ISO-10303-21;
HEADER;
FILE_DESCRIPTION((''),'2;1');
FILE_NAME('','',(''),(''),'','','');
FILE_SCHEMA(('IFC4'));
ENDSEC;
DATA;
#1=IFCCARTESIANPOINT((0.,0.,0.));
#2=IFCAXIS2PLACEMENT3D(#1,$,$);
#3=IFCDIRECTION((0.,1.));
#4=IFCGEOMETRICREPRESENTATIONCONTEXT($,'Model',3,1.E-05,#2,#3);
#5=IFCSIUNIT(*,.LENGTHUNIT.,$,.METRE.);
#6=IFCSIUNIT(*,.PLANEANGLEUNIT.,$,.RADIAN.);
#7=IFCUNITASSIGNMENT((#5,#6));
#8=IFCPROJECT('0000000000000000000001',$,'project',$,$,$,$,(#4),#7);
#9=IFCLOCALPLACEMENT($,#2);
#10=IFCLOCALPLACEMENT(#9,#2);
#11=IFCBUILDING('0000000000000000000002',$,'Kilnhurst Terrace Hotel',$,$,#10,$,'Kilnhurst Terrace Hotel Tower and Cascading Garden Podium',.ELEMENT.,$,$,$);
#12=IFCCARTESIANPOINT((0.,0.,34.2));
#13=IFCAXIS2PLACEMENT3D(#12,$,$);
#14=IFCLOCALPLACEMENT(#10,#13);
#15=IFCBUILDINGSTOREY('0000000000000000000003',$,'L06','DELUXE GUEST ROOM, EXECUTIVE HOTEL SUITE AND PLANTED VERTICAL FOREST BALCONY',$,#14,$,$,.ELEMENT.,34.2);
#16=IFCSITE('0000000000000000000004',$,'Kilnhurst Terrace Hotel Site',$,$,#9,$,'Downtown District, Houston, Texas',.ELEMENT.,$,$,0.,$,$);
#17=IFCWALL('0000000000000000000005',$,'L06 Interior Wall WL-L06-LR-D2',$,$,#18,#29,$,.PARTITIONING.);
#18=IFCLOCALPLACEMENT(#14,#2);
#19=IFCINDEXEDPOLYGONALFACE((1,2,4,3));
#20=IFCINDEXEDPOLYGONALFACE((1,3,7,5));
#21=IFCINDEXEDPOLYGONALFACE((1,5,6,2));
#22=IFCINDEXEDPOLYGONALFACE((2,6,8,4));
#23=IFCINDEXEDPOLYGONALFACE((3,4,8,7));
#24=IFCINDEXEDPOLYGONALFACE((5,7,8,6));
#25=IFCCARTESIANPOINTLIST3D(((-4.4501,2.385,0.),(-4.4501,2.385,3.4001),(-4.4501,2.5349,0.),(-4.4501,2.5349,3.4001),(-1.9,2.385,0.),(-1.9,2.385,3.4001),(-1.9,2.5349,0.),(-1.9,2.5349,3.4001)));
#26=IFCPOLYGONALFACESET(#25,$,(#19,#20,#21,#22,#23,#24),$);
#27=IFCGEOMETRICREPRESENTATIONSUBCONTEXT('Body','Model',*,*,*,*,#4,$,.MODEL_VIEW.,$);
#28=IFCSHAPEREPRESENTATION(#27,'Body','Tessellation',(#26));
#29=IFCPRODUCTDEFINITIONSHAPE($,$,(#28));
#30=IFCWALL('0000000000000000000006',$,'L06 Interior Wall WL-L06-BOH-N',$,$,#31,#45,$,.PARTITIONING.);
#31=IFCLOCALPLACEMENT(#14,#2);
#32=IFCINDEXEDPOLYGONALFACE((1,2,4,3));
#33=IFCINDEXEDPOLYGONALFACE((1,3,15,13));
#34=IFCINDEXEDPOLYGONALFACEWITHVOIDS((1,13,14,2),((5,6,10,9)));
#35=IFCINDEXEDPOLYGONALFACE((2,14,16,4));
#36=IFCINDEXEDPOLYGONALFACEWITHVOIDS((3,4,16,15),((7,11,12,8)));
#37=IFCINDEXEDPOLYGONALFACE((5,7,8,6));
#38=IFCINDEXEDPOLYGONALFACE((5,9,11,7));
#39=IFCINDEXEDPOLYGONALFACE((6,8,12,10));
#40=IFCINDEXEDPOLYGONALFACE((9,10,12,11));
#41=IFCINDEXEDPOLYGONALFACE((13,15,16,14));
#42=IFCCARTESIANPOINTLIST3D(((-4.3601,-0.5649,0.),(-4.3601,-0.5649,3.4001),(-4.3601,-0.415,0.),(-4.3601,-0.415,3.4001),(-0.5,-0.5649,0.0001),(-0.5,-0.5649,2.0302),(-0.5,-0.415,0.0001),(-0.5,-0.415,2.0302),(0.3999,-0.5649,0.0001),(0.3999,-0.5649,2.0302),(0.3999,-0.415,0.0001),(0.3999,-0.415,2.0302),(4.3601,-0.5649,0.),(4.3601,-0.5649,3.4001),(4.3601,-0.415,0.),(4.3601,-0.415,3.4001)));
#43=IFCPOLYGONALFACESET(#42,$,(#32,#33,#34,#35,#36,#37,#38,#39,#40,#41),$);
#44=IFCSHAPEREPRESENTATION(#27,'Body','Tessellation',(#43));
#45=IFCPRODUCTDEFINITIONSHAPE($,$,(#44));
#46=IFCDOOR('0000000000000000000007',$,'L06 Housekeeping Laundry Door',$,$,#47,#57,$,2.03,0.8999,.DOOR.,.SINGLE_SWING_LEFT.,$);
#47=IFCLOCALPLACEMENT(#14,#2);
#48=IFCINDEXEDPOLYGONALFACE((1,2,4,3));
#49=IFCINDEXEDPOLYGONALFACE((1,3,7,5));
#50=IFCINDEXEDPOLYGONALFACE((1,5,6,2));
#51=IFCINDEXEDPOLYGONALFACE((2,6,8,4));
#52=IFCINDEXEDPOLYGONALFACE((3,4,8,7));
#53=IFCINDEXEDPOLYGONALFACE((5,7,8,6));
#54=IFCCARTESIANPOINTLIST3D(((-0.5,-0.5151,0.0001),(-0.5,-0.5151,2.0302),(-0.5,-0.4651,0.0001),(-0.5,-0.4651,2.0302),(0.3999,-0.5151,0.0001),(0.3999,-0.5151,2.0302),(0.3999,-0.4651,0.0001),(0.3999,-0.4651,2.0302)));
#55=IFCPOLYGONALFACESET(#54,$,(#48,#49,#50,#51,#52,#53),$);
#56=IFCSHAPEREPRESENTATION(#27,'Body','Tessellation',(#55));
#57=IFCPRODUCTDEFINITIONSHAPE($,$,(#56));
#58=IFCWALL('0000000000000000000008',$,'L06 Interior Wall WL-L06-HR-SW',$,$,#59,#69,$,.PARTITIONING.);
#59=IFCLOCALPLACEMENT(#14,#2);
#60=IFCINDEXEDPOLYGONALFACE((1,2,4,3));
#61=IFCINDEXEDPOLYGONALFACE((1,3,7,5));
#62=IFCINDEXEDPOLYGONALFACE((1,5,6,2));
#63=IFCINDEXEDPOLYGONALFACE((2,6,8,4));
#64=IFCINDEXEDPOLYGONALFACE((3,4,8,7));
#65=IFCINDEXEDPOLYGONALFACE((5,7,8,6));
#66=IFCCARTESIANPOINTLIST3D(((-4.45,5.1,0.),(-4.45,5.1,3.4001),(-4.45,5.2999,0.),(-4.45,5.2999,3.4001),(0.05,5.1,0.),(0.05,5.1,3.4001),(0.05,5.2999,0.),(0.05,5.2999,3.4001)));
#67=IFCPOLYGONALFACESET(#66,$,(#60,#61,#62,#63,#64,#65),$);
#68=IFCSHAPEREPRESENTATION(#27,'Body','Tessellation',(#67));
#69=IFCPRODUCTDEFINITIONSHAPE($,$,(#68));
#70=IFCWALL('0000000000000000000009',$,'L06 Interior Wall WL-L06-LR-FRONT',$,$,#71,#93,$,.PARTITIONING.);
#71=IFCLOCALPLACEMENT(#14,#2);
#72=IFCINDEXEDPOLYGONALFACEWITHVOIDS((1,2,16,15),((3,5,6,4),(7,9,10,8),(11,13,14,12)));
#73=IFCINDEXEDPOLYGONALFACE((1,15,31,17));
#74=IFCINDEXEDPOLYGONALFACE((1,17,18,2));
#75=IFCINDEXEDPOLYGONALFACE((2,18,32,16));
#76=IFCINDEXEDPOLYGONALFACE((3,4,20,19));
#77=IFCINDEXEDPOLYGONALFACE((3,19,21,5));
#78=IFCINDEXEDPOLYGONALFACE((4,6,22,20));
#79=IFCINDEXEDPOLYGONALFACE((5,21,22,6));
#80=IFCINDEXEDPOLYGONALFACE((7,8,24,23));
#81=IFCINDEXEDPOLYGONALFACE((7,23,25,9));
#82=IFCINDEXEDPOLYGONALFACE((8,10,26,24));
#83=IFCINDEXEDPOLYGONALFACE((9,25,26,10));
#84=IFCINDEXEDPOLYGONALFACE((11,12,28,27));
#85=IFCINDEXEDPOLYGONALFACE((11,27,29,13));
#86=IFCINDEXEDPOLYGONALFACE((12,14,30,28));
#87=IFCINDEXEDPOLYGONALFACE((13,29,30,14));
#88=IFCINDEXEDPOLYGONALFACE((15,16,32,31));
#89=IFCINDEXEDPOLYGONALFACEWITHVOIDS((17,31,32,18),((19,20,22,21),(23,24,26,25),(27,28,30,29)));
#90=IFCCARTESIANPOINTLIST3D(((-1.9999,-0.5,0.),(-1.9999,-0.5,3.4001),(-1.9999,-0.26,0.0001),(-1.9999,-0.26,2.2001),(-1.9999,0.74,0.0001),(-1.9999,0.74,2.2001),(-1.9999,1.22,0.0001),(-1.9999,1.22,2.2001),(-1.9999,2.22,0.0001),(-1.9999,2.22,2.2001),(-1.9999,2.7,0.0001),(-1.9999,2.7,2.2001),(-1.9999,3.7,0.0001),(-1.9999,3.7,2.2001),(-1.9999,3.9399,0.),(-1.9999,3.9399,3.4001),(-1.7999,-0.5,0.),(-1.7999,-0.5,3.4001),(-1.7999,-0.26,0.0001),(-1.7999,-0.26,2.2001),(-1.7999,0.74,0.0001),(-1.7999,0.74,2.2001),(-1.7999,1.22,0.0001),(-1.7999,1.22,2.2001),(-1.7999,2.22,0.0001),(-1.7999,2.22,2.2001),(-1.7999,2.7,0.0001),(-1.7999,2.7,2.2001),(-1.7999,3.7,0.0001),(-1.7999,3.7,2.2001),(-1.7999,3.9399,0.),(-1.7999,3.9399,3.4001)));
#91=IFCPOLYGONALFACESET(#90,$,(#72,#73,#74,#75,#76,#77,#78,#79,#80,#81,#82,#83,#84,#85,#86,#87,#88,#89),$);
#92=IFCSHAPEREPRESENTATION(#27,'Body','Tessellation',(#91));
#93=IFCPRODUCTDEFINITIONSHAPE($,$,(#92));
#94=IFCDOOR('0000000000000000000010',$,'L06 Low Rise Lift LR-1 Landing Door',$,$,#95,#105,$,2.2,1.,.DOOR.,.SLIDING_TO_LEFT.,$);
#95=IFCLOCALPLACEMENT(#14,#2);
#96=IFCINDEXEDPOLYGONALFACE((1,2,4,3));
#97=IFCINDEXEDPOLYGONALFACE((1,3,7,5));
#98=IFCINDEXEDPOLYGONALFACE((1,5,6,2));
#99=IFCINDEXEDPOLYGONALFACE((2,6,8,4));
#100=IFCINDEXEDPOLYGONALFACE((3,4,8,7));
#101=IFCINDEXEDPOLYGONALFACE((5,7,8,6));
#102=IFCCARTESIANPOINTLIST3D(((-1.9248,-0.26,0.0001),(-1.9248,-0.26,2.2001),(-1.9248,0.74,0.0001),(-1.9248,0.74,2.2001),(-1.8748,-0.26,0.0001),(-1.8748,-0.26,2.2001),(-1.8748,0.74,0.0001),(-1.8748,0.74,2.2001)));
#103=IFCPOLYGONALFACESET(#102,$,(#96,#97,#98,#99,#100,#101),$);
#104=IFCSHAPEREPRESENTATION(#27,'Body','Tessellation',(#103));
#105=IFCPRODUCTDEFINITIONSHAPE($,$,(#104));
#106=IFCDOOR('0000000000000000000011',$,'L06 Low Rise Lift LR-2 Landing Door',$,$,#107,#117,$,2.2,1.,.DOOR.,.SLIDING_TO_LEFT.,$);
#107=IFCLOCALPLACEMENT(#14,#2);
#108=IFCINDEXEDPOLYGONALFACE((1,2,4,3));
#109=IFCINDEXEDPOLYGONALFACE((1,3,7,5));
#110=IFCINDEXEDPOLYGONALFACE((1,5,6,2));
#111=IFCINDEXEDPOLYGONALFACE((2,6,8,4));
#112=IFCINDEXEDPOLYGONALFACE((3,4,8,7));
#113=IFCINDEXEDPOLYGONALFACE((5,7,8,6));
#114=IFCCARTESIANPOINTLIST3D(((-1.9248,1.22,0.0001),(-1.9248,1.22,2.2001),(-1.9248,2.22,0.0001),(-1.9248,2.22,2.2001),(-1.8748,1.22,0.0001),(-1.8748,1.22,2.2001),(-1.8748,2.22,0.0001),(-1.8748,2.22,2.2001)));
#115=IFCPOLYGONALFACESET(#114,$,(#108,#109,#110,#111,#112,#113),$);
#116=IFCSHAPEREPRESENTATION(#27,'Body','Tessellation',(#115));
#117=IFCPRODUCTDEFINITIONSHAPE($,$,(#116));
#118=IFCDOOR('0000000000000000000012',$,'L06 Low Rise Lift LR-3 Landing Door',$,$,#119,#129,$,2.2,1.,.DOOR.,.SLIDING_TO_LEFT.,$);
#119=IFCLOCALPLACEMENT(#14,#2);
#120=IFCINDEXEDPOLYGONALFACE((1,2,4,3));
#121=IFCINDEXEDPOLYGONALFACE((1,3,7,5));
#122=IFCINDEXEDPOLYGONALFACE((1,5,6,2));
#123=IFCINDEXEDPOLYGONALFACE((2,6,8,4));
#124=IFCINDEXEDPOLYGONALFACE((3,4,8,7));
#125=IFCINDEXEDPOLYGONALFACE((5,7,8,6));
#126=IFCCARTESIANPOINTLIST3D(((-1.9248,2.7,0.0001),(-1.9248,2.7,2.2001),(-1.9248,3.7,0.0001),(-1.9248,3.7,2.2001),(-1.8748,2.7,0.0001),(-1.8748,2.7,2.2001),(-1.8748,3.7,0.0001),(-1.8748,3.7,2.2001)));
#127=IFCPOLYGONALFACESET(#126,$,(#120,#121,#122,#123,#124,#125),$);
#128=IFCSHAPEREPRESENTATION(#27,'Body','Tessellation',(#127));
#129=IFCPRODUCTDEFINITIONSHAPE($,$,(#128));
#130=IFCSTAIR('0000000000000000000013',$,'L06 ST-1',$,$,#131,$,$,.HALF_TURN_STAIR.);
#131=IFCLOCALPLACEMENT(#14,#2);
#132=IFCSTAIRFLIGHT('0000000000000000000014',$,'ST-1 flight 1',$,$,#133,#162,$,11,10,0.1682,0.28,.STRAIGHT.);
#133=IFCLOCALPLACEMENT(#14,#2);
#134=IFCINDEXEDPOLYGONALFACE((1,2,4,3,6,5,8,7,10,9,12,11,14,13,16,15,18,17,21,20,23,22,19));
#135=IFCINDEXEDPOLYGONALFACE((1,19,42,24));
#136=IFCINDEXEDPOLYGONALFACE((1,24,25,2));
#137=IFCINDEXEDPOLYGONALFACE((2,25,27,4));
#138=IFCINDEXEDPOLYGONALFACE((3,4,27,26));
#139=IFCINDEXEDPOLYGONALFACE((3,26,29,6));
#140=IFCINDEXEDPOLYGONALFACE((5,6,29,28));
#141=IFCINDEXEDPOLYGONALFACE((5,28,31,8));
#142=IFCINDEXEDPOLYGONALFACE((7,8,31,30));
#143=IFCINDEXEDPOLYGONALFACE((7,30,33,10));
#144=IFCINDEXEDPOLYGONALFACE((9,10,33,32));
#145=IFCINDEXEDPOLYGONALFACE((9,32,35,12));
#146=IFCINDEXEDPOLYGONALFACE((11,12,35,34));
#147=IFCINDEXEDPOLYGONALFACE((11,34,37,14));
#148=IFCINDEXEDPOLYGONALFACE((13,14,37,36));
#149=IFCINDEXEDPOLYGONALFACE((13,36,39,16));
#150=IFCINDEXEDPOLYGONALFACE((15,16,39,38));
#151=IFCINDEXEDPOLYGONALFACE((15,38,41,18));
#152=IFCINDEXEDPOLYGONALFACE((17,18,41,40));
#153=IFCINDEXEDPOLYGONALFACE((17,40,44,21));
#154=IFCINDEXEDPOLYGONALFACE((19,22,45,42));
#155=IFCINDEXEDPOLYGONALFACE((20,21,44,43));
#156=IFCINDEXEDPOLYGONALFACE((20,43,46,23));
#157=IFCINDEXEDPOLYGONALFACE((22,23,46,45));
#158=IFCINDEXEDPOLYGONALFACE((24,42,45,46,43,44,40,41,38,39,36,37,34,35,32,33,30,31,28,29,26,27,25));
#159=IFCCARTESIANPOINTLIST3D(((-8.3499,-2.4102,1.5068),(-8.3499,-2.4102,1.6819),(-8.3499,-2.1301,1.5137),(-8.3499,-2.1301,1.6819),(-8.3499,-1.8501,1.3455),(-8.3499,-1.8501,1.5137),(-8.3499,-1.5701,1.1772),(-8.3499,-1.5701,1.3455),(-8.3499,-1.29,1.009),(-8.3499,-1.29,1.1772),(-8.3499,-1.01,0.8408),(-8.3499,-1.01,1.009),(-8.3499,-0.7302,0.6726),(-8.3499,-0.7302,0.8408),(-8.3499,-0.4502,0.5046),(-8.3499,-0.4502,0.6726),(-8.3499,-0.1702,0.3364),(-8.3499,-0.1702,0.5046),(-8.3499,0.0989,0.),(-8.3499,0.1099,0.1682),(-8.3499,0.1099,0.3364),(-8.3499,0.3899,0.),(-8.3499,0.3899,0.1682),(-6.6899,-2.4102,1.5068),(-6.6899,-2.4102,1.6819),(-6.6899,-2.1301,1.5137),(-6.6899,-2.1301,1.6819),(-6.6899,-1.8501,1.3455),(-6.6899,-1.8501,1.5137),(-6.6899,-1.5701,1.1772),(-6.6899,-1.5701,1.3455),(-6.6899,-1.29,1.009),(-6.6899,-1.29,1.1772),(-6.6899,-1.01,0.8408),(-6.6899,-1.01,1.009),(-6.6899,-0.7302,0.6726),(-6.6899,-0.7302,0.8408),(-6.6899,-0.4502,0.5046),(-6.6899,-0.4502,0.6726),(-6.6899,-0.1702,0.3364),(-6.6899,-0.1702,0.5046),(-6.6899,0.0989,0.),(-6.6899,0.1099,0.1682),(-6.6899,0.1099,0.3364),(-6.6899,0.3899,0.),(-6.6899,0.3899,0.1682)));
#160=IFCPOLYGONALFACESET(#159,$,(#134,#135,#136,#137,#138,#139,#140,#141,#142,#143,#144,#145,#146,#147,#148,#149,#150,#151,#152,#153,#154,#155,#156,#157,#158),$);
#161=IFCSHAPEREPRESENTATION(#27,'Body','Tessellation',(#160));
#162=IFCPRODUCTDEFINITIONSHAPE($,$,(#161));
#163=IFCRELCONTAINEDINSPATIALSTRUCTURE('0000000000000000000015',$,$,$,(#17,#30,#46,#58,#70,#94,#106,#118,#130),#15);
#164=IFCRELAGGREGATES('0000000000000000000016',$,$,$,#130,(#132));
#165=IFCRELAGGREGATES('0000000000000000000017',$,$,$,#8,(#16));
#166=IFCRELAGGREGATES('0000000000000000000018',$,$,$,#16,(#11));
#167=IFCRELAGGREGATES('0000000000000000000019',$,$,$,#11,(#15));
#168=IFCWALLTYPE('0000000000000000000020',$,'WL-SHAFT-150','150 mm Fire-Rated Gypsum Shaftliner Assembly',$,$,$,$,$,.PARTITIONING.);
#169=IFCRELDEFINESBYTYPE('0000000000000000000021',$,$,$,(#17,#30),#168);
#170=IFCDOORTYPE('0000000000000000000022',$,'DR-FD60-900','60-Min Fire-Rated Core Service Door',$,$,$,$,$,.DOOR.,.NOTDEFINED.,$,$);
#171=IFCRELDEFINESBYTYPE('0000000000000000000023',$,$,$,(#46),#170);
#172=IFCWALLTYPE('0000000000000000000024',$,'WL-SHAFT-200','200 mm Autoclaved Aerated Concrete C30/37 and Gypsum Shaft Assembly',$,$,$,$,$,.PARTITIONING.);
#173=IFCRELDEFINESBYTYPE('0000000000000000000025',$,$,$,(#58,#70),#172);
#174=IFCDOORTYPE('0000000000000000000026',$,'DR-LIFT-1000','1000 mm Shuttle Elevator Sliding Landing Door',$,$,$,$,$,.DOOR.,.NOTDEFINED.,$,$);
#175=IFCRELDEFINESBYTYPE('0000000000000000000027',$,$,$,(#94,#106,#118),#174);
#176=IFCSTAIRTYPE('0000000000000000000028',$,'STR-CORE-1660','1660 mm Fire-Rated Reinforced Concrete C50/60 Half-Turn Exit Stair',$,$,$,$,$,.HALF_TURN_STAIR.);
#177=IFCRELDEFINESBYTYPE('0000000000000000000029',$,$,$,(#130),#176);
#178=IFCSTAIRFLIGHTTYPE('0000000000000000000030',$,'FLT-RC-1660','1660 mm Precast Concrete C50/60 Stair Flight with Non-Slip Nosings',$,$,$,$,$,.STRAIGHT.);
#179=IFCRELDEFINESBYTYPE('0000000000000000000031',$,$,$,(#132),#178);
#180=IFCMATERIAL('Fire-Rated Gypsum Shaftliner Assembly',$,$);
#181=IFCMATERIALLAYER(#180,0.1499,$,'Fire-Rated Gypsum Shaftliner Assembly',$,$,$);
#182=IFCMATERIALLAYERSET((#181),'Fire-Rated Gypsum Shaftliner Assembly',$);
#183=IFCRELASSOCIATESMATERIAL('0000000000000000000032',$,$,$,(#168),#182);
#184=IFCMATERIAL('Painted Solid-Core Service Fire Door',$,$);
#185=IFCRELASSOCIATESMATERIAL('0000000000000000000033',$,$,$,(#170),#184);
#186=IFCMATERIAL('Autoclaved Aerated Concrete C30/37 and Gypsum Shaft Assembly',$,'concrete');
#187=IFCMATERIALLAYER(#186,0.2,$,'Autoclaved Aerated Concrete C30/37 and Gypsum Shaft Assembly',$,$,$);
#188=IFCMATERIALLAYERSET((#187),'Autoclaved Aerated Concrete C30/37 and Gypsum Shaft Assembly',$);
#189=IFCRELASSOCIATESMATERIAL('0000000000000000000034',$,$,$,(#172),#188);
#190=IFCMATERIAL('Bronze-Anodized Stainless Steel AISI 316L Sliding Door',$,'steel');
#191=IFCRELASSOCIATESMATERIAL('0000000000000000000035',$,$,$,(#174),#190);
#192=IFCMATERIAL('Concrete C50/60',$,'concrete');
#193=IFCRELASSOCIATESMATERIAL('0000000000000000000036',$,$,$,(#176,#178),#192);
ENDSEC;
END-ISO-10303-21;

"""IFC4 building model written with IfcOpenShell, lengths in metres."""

from ifc_helpers import new_model, si_unit, direction, frame, frame_2d, origin, place, context, subcontext, project, spatial, polyline, rectangle, outline, extrude, material, layer, layer_set, type_object, element, fill, aggregate, save


model = new_model("IFC4")

# Units and contexts
model_context = context("Model", 3, precision=1e-05, world=origin(), true_north=direction((0.0, 1.0)))
body_context = subcontext(model_context, "Body", "Model", "MODEL_VIEW")
ifc_project = project(units=[si_unit("LENGTHUNIT", "METRE"), si_unit("PLANEANGLEUNIT", "RADIAN")], contexts=[model_context])

# Site, building, storey
site_placement = place(None, origin())
site = spatial("IfcSite", under=ifc_project, at=site_placement, Name="Kilnhurst Terrace Hotel Site", LongName="Downtown District, Houston, Texas", CompositionType="ELEMENT", RefElevation=0.0)
building_placement = place(site_placement, origin())
building = spatial("IfcBuilding", under=site, at=building_placement, Name="Kilnhurst Terrace Hotel", LongName="Kilnhurst Terrace Hotel Tower and Cascading Garden Podium", CompositionType="ELEMENT")
storey_placement = place(building_placement, frame((0.0, 0.0, 34.2)))
storey = spatial("IfcBuildingStorey", under=building, at=storey_placement, Name="L06", Description="DELUXE GUEST ROOM, EXECUTIVE HOTEL SUITE AND PLANTED VERTICAL FOREST BALCONY", CompositionType="ELEMENT", Elevation=34.2)

# Shared definitions
ifc_material_1 = material(Name="Concrete C50/60", Category="concrete")

# Wall
ifc_material_2 = material(Name="Fire-Rated Gypsum Shaftliner Assembly")
ifc_layer_1 = layer(ifc_material_2, 0.1499, Name="Fire-Rated Gypsum Shaftliner Assembly")
ifc_layer_set_1 = layer_set([ifc_layer_1], Name="Fire-Rated Gypsum Shaftliner Assembly")
wall_type_1 = type_object("IfcWallType", Name="WL-SHAFT-150", Description="150 mm Fire-Rated Gypsum Shaftliner Assembly", PredefinedType="PARTITIONING", material=ifc_layer_set_1)
for number, where, z_axis, x_axis, name in (
    (1, (-4.45, 2.46, 0.0), (0.0, 0.0, 1.0), (1.0, 0.0, 0.0), "L06 Interior Wall WL-L06-LR-D2"),
):
    element("IfcWall", number, at=place(storey_placement, frame(where, z_axis=z_axis, x_axis=x_axis)), inside=storey, type_object=wall_type_1, Name=name, PredefinedType="PARTITIONING", context=body_context, shape_type="SweptSolid", body=[
        extrude(rectangle(XDim=2.55, YDim=0.1499, at=frame_2d((1.2749, 0.0))), origin(), (0.0, 0.0, 1.0), 3.4001),
    ])

# Wall, opening, door
wall_1_placement = place(storey_placement, frame((-4.3601, -0.49, 0.0), z_axis=(0.0, 0.0, 1.0), x_axis=(1.0, 0.0, 0.0)))
wall_1 = element("IfcWall", 2, at=wall_1_placement, inside=storey, type_object=wall_type_1, Name="L06 Interior Wall WL-L06-BOH-N", PredefinedType="PARTITIONING", context=body_context, shape_type="SweptSolid", body=[
    extrude(rectangle(XDim=8.7202, YDim=0.1499, at=frame_2d((4.3601, 0.0))), origin(), (0.0, 0.0, 1.0), 3.4001),
])
opening_1_placement = place(wall_1_placement, frame((3.8601, 0.0, 0.0)))
opening_1 = element("IfcOpeningElement", 3, at=opening_1_placement, cuts=wall_1, PredefinedType="OPENING", context=body_context, shape_type="SweptSolid", body=[
    extrude(rectangle(XDim=0.8999, YDim=2.03, at=frame_2d((0.45, 1.0151))), frame((0.0, 0.085, 0.0), z_axis=(0.0, -1.0, 0.0), x_axis=(1.0, 0.0, 0.0)), (0.0, 0.0, 1.0), 0.1699),
])
ifc_material_3 = material(Name="Painted Solid-Core Service Fire Door")
door_type_1 = type_object("IfcDoorType", Name="DR-FD60-900", Description="60-Min Fire-Rated Core Service Door", OperationType="NOTDEFINED", PredefinedType="DOOR", material=ifc_material_3)
door_1_placement = place(opening_1_placement, origin())
door_1 = element("IfcDoor", 4, at=door_1_placement, inside=storey, type_object=door_type_1, Name="L06 Housekeeping Laundry Door", OperationType="SINGLE_SWING_LEFT", OverallHeight=2.03, OverallWidth=0.8999, PredefinedType="DOOR", context=body_context, shape_type="SweptSolid", body=[
    extrude(rectangle(XDim=0.8999, YDim=2.03, at=frame_2d((0.45, 1.0151))), frame((0.0, 0.0249, 0.0), z_axis=(0.0, -1.0, 0.0), x_axis=(1.0, 0.0, 0.0)), (0.0, 0.0, 1.0), 0.05),
])
fill(opening_1, door_1)

# Wall
ifc_material_4 = material(Name="Autoclaved Aerated Concrete C30/37 and Gypsum Shaft Assembly", Category="concrete")
ifc_layer_2 = layer(ifc_material_4, 0.2, Name="Autoclaved Aerated Concrete C30/37 and Gypsum Shaft Assembly")
ifc_layer_set_2 = layer_set([ifc_layer_2], Name="Autoclaved Aerated Concrete C30/37 and Gypsum Shaft Assembly")
wall_type_2 = type_object("IfcWallType", Name="WL-SHAFT-200", Description="200 mm Autoclaved Aerated Concrete C30/37 and Gypsum Shaft Assembly", PredefinedType="PARTITIONING", material=ifc_layer_set_2)
wall_2_placement = place(storey_placement, frame((-4.45, 5.2, 0.0), z_axis=(0.0, 0.0, 1.0), x_axis=(1.0, 0.0, 0.0)))
element("IfcWall", 5, at=wall_2_placement, inside=storey, type_object=wall_type_2, Name="L06 Interior Wall WL-L06-HR-SW", PredefinedType="PARTITIONING", context=body_context, shape_type="SweptSolid", body=[
    extrude(rectangle(XDim=4.5, YDim=0.2, at=frame_2d((2.25, 0.0))), origin(), (0.0, 0.0, 1.0), 3.4001),
])

# Wall, openings, doors
wall_3_placement = place(storey_placement, frame((-1.8999, -0.5, 0.0), z_axis=(0.0, 0.0, 1.0), x_axis=(0.0, 1.0, 0.0)))
wall_3 = element("IfcWall", 6, at=wall_3_placement, inside=storey, type_object=wall_type_2, Name="L06 Interior Wall WL-L06-LR-FRONT", PredefinedType="PARTITIONING", context=body_context, shape_type="SweptSolid", body=[
    extrude(rectangle(XDim=4.4399, YDim=0.2, at=frame_2d((2.22, 0.0))), origin(), (0.0, 0.0, 1.0), 3.4001),
])
opening_2_placement = place(wall_3_placement, frame((0.24, 0.0, 0.0)))
opening_2 = element("IfcOpeningElement", 7, at=opening_2_placement, cuts=wall_3, PredefinedType="OPENING", context=body_context, shape_type="SweptSolid", body=[
    extrude(rectangle(XDim=1.0, YDim=2.2, at=frame_2d((0.5, 1.1001))), frame((0.0, 0.1099, 0.0), z_axis=(0.0, -1.0, 0.0), x_axis=(1.0, 0.0, 0.0)), (0.0, 0.0, 1.0), 0.22),
])
opening_3_placement = place(wall_3_placement, frame((1.72, 0.0, 0.0)))
opening_3 = element("IfcOpeningElement", 8, at=opening_3_placement, cuts=wall_3, PredefinedType="OPENING", context=body_context, shape_type="SweptSolid", body=[
    extrude(rectangle(XDim=1.0, YDim=2.2, at=frame_2d((0.5, 1.1001))), frame((0.0, 0.1099, 0.0), z_axis=(0.0, -1.0, 0.0), x_axis=(1.0, 0.0, 0.0)), (0.0, 0.0, 1.0), 0.22),
])
opening_4_placement = place(wall_3_placement, frame((3.2, 0.0, 0.0)))
opening_4 = element("IfcOpeningElement", 9, at=opening_4_placement, cuts=wall_3, PredefinedType="OPENING", context=body_context, shape_type="SweptSolid", body=[
    extrude(rectangle(XDim=1.0, YDim=2.2, at=frame_2d((0.5, 1.1001))), frame((0.0, 0.1099, 0.0), z_axis=(0.0, -1.0, 0.0), x_axis=(1.0, 0.0, 0.0)), (0.0, 0.0, 1.0), 0.22),
])
ifc_material_5 = material(Name="Bronze-Anodized Stainless Steel AISI 316L Sliding Door", Category="steel")
door_type_2 = type_object("IfcDoorType", Name="DR-LIFT-1000", Description="1000 mm Shuttle Elevator Sliding Landing Door", OperationType="NOTDEFINED", PredefinedType="DOOR", material=ifc_material_5)
door_2_placement = place(opening_2_placement, origin())
door_2 = element("IfcDoor", 10, at=door_2_placement, inside=storey, type_object=door_type_2, Name="L06 Low Rise Lift LR-1 Landing Door", OperationType="SLIDING_TO_LEFT", OverallHeight=2.2, OverallWidth=1.0, PredefinedType="DOOR", context=body_context, shape_type="SweptSolid", body=[
    extrude(rectangle(XDim=1.0, YDim=2.2, at=frame_2d((0.5, 1.1001))), frame((0.0, 0.0249, 0.0), z_axis=(0.0, -1.0, 0.0), x_axis=(1.0, 0.0, 0.0)), (0.0, 0.0, 1.0), 0.05),
])
fill(opening_2, door_2)
door_3_placement = place(opening_3_placement, origin())
door_3 = element("IfcDoor", 11, at=door_3_placement, inside=storey, type_object=door_type_2, Name="L06 Low Rise Lift LR-2 Landing Door", OperationType="SLIDING_TO_LEFT", OverallHeight=2.2, OverallWidth=1.0, PredefinedType="DOOR", context=body_context, shape_type="SweptSolid", body=[
    extrude(rectangle(XDim=1.0, YDim=2.2, at=frame_2d((0.5, 1.1001))), frame((0.0, 0.0249, 0.0), z_axis=(0.0, -1.0, 0.0), x_axis=(1.0, 0.0, 0.0)), (0.0, 0.0, 1.0), 0.05),
])
fill(opening_3, door_3)
door_4_placement = place(opening_4_placement, origin())
door_4 = element("IfcDoor", 12, at=door_4_placement, inside=storey, type_object=door_type_2, Name="L06 Low Rise Lift LR-3 Landing Door", OperationType="SLIDING_TO_LEFT", OverallHeight=2.2, OverallWidth=1.0, PredefinedType="DOOR", context=body_context, shape_type="SweptSolid", body=[
    extrude(rectangle(XDim=1.0, YDim=2.2, at=frame_2d((0.5, 1.1001))), frame((0.0, 0.0249, 0.0), z_axis=(0.0, -1.0, 0.0), x_axis=(1.0, 0.0, 0.0)), (0.0, 0.0, 1.0), 0.05),
])
fill(opening_4, door_4)

# Stair, stair flight
stair_type = type_object("IfcStairType", Name="STR-CORE-1660", Description="1660 mm Fire-Rated Reinforced Concrete C50/60 Half-Turn Exit Stair", PredefinedType="HALF_TURN_STAIR", material=ifc_material_1)
stair_placement = place(storey_placement, origin())
stair = element("IfcStair", 13, at=stair_placement, inside=storey, type_object=stair_type, Name="L06 ST-1", PredefinedType="HALF_TURN_STAIR")
stair_flight_type = type_object("IfcStairFlightType", Name="FLT-RC-1660", Description="1660 mm Precast Concrete C50/60 Stair Flight with Non-Slip Nosings", PredefinedType="STRAIGHT", material=ifc_material_1)
stair_flight_placement = place(storey_placement, frame((-7.52, 0.3899, 0.0), z_axis=(0.0, 0.0, 1.0), x_axis=(0.0, -1.0, 0.0)))
stair_flight = element("IfcStairFlight", 14, at=stair_flight_placement, type_object=stair_flight_type, Name="ST-1 flight 1", NumberOfRisers=11, NumberOfTreads=10, PredefinedType="STRAIGHT", RiserHeight=0.1682, TreadLength=0.28, context=body_context, shape_type="SweptSolid", body=[
    extrude(outline(polyline([(0.0, 0.0), (0.0, 0.1682), (0.28, 0.1682), (0.28, 0.3364), (0.5601, 0.3364), (0.5601, 0.5046), (0.8401, 0.5046), (0.8401, 0.6726), (1.1201, 0.6726), (1.1201, 0.8408), (1.3999, 0.8408), (1.3999, 1.009), (1.6799, 1.009), (1.6799, 1.1772), (1.96, 1.1772), (1.96, 1.3455), (2.24, 1.3455), (2.24, 1.5137), (2.52, 1.5137), (2.52, 1.6819), (2.8, 1.6819), (2.8, 1.8501), (2.8, 1.5068), (0.291, 0.0), (0.0, 0.0)])), frame((0.0, 0.8301, 0.0), z_axis=(0.0, -1.0, 0.0), x_axis=(1.0, 0.0, 0.0)), (0.0, 0.0, 1.0), 1.6599),
])
aggregate(stair, [stair_flight])

save(model, "model.ifc")
